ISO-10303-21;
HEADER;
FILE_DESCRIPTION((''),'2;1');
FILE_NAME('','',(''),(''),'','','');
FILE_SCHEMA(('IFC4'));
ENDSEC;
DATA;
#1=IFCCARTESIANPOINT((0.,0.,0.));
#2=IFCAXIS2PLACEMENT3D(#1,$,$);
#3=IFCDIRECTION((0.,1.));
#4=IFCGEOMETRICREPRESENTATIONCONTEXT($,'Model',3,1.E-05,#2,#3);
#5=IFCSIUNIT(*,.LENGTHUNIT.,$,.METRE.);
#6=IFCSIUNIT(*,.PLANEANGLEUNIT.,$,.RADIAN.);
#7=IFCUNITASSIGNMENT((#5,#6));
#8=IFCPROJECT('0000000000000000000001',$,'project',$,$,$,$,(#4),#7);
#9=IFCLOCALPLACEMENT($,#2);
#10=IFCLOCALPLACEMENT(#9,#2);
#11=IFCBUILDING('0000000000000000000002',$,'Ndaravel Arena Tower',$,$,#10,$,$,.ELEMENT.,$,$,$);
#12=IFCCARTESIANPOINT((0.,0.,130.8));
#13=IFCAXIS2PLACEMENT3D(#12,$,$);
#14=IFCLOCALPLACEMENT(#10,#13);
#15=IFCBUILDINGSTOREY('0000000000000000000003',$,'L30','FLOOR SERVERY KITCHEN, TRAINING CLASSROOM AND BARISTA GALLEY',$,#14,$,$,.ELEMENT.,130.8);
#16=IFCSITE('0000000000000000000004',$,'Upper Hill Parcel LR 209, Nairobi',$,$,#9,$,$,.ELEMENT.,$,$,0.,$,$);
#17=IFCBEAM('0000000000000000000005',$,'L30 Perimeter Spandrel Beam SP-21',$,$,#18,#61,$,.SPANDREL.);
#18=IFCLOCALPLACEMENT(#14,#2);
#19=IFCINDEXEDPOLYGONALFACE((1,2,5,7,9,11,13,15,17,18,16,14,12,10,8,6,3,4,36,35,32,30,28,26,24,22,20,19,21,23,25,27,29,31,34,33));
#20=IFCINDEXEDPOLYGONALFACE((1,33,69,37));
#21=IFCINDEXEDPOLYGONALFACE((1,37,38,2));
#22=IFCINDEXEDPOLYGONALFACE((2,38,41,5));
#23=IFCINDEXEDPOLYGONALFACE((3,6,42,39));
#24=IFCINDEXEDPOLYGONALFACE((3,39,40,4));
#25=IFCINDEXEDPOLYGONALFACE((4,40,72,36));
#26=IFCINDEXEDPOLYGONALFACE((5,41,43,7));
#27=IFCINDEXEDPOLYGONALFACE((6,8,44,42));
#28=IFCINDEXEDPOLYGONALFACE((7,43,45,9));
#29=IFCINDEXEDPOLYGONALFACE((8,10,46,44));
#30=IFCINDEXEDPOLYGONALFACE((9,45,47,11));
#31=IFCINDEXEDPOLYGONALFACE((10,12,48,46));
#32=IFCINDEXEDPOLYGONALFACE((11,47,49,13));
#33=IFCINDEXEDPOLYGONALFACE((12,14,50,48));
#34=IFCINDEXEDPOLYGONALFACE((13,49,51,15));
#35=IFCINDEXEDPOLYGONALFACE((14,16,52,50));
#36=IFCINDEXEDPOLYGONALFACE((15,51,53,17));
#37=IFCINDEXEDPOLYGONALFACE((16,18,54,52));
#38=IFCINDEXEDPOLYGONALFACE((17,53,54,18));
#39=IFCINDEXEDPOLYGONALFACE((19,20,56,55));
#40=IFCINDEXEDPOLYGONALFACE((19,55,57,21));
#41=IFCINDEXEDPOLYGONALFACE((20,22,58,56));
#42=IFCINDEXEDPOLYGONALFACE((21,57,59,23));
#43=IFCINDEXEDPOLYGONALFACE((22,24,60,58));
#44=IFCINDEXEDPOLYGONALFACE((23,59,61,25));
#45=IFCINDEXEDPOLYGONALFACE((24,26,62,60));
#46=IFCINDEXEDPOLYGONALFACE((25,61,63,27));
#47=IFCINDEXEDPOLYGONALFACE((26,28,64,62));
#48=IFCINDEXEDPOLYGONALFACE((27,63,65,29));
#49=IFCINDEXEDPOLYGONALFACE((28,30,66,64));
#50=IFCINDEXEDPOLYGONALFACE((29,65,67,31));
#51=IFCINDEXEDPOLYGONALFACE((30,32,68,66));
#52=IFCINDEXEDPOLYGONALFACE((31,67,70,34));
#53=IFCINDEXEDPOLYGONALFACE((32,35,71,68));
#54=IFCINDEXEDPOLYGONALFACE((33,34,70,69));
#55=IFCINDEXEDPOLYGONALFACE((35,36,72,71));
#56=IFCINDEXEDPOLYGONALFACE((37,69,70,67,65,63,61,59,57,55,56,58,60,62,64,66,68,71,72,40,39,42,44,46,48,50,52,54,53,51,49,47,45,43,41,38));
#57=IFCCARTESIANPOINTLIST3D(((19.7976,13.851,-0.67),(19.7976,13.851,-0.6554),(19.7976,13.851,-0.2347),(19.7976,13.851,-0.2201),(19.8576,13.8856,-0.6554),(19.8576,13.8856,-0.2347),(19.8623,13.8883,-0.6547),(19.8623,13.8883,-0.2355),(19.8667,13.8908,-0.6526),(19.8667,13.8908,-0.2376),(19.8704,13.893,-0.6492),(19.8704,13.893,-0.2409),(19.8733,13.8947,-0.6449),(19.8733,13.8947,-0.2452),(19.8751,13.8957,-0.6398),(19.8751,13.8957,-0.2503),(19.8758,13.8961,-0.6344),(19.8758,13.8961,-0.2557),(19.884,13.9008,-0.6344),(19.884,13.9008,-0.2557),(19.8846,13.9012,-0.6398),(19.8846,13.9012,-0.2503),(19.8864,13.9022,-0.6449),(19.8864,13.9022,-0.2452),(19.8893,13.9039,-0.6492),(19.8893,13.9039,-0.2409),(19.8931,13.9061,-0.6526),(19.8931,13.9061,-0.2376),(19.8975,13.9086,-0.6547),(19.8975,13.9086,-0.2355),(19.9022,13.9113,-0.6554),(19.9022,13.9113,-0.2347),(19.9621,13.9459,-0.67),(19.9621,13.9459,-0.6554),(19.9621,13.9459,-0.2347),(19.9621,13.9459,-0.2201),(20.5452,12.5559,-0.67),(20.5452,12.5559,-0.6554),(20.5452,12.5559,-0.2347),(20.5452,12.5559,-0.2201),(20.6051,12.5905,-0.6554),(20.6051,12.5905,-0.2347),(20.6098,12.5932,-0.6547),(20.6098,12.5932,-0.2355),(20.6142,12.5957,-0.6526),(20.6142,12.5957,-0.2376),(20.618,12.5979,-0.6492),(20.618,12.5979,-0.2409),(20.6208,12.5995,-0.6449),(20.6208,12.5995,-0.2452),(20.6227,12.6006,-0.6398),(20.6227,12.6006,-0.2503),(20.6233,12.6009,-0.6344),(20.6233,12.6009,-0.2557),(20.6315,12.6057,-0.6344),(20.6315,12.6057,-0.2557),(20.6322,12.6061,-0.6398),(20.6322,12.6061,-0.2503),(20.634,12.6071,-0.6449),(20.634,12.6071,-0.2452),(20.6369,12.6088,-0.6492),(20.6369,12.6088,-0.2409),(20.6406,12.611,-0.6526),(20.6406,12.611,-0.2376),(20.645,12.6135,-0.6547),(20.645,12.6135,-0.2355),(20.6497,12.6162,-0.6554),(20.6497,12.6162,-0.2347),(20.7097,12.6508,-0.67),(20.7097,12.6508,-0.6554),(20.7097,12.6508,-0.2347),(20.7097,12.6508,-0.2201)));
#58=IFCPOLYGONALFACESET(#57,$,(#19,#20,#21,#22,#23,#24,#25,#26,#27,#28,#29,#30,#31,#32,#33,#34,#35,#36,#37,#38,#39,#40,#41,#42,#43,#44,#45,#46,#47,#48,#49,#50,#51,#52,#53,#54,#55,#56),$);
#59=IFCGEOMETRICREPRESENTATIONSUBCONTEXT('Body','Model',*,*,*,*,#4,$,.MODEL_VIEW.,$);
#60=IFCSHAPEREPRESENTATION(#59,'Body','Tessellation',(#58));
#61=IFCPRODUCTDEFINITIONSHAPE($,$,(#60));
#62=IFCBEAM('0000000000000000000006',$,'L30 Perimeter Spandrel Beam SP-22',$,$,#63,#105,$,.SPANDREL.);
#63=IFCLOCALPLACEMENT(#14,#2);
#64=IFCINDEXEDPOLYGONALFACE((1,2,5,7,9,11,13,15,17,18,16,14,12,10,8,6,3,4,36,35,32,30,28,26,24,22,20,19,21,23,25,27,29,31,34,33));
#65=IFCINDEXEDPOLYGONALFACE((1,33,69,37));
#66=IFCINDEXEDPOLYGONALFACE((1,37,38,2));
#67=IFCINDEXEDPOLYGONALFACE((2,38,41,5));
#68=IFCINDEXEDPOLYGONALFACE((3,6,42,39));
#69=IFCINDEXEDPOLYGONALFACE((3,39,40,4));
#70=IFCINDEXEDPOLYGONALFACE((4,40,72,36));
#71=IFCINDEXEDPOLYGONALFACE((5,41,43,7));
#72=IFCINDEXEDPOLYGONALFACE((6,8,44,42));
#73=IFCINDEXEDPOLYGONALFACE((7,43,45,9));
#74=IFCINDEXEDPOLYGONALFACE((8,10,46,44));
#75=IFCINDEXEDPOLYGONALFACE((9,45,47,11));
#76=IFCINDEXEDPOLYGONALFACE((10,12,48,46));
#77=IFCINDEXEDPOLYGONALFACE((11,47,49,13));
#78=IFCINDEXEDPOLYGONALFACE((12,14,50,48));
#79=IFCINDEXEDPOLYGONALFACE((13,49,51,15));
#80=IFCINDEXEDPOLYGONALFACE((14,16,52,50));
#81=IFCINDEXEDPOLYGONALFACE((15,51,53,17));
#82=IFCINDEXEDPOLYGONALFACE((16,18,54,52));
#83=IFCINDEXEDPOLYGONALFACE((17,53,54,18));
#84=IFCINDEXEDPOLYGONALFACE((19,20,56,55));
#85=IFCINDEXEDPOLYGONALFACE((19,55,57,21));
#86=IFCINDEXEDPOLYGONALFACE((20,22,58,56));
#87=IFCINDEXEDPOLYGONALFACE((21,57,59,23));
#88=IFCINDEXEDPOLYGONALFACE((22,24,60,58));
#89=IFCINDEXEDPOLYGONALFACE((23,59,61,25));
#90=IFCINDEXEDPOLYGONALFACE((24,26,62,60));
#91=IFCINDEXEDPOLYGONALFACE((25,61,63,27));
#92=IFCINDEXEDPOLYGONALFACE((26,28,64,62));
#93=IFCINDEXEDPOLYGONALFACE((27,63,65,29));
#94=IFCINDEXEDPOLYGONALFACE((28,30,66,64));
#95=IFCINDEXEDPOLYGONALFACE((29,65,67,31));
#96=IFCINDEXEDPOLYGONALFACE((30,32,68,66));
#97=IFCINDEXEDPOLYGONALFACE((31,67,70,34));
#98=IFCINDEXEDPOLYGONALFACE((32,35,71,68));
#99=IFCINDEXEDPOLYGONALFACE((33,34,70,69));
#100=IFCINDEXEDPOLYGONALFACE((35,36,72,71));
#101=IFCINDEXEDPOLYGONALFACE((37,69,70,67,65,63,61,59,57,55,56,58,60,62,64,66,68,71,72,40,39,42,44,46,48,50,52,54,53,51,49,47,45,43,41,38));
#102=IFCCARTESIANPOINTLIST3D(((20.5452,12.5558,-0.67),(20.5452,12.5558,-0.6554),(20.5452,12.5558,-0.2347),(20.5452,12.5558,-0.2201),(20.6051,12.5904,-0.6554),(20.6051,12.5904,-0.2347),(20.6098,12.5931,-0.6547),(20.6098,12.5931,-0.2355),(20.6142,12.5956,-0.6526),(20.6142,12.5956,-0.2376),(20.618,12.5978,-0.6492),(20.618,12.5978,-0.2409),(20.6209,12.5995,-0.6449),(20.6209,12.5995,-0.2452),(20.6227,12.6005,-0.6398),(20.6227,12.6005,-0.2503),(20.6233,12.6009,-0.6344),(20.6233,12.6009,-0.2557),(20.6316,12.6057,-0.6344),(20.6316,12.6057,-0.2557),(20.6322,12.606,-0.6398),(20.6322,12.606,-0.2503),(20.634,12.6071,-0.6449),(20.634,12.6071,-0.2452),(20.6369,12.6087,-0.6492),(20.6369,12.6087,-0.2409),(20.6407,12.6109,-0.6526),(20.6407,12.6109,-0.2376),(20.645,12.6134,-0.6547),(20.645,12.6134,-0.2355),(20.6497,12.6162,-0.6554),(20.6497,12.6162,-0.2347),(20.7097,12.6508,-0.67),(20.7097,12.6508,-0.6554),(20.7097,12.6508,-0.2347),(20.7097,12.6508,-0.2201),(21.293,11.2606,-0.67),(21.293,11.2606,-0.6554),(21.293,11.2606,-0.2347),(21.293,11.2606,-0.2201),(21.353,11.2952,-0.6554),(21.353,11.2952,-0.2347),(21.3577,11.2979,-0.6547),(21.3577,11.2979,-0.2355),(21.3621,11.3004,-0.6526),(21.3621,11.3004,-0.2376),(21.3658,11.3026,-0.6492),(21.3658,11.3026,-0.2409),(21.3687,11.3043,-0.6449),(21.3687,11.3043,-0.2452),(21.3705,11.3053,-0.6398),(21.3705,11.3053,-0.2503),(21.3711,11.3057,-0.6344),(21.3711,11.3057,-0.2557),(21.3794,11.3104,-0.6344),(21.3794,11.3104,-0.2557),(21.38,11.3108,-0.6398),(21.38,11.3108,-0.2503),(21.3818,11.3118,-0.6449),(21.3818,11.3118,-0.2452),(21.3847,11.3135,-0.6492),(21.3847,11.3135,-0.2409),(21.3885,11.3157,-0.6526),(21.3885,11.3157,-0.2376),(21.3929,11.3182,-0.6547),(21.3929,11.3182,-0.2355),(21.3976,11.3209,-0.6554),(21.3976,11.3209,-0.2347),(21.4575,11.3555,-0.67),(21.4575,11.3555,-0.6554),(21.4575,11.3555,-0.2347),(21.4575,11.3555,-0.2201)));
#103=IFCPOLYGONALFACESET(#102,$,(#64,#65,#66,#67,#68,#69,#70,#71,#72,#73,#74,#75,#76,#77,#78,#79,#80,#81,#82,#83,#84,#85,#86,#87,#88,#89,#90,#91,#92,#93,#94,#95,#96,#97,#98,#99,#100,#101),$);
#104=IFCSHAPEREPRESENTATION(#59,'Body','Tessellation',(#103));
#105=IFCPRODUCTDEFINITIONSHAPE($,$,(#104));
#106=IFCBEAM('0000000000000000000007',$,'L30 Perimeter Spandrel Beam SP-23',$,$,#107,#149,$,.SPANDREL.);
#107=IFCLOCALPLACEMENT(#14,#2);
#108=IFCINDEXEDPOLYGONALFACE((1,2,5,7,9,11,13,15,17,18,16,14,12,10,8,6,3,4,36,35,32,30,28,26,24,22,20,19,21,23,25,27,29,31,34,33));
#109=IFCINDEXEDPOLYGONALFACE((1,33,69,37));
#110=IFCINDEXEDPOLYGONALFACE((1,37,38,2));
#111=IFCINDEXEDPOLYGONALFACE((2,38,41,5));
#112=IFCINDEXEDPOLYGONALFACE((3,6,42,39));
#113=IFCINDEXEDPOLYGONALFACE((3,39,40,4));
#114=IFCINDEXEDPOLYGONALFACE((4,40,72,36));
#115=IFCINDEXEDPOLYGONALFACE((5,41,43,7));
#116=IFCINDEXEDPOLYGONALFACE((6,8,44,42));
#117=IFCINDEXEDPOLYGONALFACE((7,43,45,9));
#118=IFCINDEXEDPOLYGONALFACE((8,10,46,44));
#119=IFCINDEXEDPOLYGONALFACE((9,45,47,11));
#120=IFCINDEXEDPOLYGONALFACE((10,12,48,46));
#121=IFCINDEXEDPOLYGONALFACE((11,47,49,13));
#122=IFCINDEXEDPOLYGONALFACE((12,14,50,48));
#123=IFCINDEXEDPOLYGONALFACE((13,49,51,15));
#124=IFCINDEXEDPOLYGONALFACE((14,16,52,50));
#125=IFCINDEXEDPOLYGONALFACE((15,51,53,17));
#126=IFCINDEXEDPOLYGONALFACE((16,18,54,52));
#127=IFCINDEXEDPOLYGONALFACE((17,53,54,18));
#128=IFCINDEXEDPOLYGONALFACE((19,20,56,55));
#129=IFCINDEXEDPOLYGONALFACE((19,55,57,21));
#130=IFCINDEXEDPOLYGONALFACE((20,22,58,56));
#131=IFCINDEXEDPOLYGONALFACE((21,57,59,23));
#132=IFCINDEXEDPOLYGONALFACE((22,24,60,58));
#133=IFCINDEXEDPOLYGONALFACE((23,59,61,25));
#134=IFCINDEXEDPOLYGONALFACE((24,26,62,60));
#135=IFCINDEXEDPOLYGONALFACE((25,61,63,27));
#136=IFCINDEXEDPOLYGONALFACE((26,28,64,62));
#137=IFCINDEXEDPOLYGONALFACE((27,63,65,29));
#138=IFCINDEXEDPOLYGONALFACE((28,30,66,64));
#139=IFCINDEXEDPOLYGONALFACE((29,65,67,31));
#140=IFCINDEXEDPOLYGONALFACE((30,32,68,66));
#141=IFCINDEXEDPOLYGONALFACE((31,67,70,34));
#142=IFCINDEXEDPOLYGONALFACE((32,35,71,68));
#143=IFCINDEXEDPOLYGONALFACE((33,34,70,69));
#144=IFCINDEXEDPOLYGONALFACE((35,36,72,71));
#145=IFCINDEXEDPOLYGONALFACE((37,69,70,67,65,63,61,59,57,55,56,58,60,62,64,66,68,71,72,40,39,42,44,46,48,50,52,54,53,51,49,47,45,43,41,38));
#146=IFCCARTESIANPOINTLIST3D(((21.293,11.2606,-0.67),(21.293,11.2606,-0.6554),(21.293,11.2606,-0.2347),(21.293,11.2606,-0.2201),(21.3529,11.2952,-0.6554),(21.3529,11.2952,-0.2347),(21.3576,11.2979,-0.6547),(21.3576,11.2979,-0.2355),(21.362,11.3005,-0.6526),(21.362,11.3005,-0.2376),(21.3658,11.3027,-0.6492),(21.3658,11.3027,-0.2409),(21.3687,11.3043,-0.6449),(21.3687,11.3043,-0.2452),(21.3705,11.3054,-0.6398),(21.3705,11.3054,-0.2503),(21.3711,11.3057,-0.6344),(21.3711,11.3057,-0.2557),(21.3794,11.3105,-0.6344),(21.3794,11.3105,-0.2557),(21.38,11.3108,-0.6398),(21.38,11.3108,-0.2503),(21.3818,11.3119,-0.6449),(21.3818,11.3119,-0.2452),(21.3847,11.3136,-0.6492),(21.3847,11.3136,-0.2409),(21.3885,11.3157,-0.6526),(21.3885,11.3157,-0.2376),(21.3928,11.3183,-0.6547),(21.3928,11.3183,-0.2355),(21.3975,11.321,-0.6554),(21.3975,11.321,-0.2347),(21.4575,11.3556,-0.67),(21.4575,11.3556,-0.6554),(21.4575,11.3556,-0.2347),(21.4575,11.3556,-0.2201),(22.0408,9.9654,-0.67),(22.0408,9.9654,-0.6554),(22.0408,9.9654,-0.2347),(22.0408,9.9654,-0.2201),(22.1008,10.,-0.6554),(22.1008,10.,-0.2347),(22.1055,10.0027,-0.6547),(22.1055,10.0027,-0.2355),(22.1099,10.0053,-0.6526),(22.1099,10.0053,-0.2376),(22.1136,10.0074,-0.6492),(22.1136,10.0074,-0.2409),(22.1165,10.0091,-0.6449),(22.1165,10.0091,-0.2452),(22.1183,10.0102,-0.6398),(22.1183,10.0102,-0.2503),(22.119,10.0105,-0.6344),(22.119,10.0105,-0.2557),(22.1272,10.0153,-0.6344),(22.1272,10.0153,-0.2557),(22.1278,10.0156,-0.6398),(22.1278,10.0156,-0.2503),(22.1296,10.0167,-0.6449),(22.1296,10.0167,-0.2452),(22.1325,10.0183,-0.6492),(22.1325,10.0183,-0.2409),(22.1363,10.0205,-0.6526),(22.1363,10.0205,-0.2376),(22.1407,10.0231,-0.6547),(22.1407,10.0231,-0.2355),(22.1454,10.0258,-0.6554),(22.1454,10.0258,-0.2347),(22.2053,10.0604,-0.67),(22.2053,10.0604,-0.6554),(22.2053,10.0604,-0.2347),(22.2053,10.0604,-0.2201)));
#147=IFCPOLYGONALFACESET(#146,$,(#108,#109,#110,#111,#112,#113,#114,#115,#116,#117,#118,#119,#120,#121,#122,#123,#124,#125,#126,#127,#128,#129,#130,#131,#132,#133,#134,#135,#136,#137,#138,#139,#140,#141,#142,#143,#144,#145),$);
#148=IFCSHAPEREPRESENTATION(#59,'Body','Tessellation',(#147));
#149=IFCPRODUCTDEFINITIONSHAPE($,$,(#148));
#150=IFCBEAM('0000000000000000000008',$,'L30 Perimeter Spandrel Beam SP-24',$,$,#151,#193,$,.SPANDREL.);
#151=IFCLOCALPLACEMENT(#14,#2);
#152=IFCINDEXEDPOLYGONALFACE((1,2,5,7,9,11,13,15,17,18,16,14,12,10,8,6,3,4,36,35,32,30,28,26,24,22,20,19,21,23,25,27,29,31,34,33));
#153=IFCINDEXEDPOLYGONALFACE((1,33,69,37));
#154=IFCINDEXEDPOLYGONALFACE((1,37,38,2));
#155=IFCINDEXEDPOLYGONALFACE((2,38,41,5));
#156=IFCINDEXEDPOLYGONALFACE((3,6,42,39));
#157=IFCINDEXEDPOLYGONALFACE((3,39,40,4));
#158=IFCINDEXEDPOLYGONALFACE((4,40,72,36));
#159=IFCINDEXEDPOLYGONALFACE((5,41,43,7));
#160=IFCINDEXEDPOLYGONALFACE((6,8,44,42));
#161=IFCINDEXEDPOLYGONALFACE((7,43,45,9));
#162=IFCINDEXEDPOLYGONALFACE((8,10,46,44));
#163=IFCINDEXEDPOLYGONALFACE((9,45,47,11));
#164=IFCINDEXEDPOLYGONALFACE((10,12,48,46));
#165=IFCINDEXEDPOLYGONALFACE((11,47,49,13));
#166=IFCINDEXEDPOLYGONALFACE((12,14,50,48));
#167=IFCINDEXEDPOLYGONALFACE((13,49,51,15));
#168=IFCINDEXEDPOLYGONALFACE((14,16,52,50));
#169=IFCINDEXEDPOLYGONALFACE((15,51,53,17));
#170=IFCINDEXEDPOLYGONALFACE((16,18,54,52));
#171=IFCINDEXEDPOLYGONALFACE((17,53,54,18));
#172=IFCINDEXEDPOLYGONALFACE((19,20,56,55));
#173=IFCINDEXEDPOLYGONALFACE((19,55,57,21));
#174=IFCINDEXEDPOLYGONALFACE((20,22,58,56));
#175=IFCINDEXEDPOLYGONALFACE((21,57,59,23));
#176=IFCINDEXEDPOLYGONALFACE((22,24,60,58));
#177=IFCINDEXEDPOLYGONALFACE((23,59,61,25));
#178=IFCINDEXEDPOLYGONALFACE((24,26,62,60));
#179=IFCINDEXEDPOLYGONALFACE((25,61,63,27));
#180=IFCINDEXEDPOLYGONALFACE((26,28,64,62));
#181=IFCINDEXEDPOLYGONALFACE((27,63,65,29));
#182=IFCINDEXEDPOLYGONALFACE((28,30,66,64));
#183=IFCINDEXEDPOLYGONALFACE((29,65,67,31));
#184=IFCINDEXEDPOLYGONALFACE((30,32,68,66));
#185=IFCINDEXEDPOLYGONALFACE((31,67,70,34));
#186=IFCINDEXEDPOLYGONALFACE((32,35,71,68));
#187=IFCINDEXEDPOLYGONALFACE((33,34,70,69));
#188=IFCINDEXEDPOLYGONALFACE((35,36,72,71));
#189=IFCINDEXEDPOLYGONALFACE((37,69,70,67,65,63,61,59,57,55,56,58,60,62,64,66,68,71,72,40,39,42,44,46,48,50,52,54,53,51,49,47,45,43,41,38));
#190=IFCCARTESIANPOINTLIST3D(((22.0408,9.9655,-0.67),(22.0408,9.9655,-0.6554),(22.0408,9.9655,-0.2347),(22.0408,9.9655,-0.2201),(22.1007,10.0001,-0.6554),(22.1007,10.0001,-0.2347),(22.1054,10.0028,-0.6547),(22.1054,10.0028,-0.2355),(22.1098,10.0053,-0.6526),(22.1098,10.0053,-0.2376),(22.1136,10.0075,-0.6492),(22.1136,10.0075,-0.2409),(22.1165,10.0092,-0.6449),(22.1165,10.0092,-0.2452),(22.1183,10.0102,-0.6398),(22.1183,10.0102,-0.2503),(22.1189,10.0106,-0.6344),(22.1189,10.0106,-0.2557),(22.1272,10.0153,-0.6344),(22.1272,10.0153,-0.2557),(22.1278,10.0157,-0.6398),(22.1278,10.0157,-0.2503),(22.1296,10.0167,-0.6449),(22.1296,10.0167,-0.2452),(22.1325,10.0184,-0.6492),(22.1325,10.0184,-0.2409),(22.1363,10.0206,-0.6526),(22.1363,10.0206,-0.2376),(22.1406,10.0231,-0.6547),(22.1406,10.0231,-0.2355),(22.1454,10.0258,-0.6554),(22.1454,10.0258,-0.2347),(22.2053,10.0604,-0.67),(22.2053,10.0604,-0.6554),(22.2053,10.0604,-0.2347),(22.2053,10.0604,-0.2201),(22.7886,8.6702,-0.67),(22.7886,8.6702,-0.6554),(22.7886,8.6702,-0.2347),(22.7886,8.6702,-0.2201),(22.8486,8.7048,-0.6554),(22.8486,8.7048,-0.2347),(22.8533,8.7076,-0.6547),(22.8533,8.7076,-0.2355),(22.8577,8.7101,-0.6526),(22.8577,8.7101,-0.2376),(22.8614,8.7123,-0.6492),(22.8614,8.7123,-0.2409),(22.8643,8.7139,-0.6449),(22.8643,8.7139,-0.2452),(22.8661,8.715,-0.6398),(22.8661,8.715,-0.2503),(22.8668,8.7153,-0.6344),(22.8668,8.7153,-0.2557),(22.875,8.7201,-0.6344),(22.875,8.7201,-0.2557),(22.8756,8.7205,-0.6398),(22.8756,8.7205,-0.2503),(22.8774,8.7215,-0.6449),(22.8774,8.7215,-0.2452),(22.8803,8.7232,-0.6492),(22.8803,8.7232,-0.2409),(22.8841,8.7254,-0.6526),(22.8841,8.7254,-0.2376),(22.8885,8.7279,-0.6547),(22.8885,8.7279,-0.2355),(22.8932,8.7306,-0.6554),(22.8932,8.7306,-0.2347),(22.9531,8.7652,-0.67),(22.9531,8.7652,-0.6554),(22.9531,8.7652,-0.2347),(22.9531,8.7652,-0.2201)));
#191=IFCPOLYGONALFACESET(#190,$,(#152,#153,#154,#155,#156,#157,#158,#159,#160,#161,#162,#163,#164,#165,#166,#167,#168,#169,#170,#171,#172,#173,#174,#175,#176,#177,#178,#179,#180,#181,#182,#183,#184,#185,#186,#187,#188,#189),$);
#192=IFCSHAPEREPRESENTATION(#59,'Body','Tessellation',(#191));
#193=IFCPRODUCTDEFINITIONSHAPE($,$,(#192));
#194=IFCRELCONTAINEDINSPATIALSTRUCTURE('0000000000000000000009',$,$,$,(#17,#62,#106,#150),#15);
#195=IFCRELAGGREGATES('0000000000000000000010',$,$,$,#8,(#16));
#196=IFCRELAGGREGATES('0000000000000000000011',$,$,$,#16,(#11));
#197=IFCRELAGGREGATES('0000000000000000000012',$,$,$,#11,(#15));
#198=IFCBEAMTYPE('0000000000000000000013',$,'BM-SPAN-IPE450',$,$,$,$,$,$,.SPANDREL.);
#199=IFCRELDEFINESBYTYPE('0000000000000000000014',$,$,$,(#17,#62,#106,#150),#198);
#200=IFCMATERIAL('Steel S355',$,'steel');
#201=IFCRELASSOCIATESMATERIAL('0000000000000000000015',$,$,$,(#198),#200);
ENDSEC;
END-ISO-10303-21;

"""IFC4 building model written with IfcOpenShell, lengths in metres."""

from ifc_helpers import new_model, si_unit, direction, frame, origin, origin_2d, place, context, subcontext, project, spatial, i_section, extrude, material, material_profile, profile_set, type_object, element, save


model = new_model("IFC4")

# Units and contexts
model_context = context("Model", 3, precision=1e-05, world=origin(), true_north=direction((0.0, 1.0)))
body_context = subcontext(model_context, "Body", "Model", "MODEL_VIEW")
ifc_project = project(units=[si_unit("LENGTHUNIT", "METRE"), si_unit("PLANEANGLEUNIT", "RADIAN")], contexts=[model_context])

# Site, building, storey
site_placement = place(None, origin())
site = spatial("IfcSite", under=ifc_project, at=site_placement, Name="Upper Hill Parcel LR 209, Nairobi", CompositionType="ELEMENT", RefElevation=0.0)
building_placement = place(site_placement, origin())
building = spatial("IfcBuilding", under=site, at=building_placement, Name="Ndaravel Arena Tower", CompositionType="ELEMENT")
storey_placement = place(building_placement, frame((0.0, 0.0, 130.8)))
storey = spatial("IfcBuildingStorey", under=building, at=storey_placement, Name="L30", Description="FLOOR SERVERY KITCHEN, TRAINING CLASSROOM AND BARISTA GALLEY", CompositionType="ELEMENT", Elevation=130.8)

# Beams
ifc_material_1 = material(Name="Steel S355", Category="steel")
ifc_material_profile_1 = material_profile(ifc_material_1, i_section(OverallWidth=0.1899, OverallDepth=0.45, WebThickness=0.0095, FlangeThickness=0.0146, FilletRadius=0.021, at=origin_2d()), Name="IPE 450")
ifc_profile_set_1 = profile_set([ifc_material_profile_1], Name="Steel S355")
beam_type = type_object("IfcBeamType", Name="BM-SPAN-IPE450", PredefinedType="SPANDREL", material=ifc_profile_set_1)
beam_placement = place(storey_placement, frame((19.8799, 13.8984, -0.4451), z_axis=(0.499897, -0.866085, 0.0), x_axis=(0.866085, 0.499897, 0.0)))
element("IfcBeam", 1, at=beam_placement, inside=storey, type_object=beam_type, Name="L30 Perimeter Spandrel Beam SP-21", PredefinedType="SPANDREL", context=body_context, shape_type="SweptSolid", body=[
    extrude(i_section(OverallWidth=0.1899, OverallDepth=0.45, WebThickness=0.0095, FlangeThickness=0.0146, FilletRadius=0.021, at=origin_2d()), origin(), (0.0, 0.0, 1.0), 1.4954),
])
for number, where, z_axis, x_axis, name in (
    (2, (20.6274, 12.6033, -0.4451), (0.500019, -0.866014, 0.0), (0.866014, 0.500019, 0.0), "L30 Perimeter Spandrel Beam SP-22"),
    (3, (21.3752, 11.3081, -0.4451), (0.500019, -0.866014, 0.0), (0.866014, 0.500019, 0.0), "L30 Perimeter Spandrel Beam SP-23"),
    (4, (22.123, 10.0129, -0.4451), (0.500019, -0.866014, 0.0), (0.866014, 0.500019, 0.0), "L30 Perimeter Spandrel Beam SP-24"),
):
    element("IfcBeam", number, at=place(storey_placement, frame(where, z_axis=z_axis, x_axis=x_axis)), inside=storey, type_object=beam_type, Name=name, PredefinedType="SPANDREL", context=body_context, shape_type="SweptSolid", body=[
        extrude(i_section(OverallWidth=0.1899, OverallDepth=0.45, WebThickness=0.0095, FlangeThickness=0.0146, FilletRadius=0.021, at=origin_2d()), origin(), (0.0, 0.0, 1.0), 1.4956),
    ])

save(model, "model.ifc")
